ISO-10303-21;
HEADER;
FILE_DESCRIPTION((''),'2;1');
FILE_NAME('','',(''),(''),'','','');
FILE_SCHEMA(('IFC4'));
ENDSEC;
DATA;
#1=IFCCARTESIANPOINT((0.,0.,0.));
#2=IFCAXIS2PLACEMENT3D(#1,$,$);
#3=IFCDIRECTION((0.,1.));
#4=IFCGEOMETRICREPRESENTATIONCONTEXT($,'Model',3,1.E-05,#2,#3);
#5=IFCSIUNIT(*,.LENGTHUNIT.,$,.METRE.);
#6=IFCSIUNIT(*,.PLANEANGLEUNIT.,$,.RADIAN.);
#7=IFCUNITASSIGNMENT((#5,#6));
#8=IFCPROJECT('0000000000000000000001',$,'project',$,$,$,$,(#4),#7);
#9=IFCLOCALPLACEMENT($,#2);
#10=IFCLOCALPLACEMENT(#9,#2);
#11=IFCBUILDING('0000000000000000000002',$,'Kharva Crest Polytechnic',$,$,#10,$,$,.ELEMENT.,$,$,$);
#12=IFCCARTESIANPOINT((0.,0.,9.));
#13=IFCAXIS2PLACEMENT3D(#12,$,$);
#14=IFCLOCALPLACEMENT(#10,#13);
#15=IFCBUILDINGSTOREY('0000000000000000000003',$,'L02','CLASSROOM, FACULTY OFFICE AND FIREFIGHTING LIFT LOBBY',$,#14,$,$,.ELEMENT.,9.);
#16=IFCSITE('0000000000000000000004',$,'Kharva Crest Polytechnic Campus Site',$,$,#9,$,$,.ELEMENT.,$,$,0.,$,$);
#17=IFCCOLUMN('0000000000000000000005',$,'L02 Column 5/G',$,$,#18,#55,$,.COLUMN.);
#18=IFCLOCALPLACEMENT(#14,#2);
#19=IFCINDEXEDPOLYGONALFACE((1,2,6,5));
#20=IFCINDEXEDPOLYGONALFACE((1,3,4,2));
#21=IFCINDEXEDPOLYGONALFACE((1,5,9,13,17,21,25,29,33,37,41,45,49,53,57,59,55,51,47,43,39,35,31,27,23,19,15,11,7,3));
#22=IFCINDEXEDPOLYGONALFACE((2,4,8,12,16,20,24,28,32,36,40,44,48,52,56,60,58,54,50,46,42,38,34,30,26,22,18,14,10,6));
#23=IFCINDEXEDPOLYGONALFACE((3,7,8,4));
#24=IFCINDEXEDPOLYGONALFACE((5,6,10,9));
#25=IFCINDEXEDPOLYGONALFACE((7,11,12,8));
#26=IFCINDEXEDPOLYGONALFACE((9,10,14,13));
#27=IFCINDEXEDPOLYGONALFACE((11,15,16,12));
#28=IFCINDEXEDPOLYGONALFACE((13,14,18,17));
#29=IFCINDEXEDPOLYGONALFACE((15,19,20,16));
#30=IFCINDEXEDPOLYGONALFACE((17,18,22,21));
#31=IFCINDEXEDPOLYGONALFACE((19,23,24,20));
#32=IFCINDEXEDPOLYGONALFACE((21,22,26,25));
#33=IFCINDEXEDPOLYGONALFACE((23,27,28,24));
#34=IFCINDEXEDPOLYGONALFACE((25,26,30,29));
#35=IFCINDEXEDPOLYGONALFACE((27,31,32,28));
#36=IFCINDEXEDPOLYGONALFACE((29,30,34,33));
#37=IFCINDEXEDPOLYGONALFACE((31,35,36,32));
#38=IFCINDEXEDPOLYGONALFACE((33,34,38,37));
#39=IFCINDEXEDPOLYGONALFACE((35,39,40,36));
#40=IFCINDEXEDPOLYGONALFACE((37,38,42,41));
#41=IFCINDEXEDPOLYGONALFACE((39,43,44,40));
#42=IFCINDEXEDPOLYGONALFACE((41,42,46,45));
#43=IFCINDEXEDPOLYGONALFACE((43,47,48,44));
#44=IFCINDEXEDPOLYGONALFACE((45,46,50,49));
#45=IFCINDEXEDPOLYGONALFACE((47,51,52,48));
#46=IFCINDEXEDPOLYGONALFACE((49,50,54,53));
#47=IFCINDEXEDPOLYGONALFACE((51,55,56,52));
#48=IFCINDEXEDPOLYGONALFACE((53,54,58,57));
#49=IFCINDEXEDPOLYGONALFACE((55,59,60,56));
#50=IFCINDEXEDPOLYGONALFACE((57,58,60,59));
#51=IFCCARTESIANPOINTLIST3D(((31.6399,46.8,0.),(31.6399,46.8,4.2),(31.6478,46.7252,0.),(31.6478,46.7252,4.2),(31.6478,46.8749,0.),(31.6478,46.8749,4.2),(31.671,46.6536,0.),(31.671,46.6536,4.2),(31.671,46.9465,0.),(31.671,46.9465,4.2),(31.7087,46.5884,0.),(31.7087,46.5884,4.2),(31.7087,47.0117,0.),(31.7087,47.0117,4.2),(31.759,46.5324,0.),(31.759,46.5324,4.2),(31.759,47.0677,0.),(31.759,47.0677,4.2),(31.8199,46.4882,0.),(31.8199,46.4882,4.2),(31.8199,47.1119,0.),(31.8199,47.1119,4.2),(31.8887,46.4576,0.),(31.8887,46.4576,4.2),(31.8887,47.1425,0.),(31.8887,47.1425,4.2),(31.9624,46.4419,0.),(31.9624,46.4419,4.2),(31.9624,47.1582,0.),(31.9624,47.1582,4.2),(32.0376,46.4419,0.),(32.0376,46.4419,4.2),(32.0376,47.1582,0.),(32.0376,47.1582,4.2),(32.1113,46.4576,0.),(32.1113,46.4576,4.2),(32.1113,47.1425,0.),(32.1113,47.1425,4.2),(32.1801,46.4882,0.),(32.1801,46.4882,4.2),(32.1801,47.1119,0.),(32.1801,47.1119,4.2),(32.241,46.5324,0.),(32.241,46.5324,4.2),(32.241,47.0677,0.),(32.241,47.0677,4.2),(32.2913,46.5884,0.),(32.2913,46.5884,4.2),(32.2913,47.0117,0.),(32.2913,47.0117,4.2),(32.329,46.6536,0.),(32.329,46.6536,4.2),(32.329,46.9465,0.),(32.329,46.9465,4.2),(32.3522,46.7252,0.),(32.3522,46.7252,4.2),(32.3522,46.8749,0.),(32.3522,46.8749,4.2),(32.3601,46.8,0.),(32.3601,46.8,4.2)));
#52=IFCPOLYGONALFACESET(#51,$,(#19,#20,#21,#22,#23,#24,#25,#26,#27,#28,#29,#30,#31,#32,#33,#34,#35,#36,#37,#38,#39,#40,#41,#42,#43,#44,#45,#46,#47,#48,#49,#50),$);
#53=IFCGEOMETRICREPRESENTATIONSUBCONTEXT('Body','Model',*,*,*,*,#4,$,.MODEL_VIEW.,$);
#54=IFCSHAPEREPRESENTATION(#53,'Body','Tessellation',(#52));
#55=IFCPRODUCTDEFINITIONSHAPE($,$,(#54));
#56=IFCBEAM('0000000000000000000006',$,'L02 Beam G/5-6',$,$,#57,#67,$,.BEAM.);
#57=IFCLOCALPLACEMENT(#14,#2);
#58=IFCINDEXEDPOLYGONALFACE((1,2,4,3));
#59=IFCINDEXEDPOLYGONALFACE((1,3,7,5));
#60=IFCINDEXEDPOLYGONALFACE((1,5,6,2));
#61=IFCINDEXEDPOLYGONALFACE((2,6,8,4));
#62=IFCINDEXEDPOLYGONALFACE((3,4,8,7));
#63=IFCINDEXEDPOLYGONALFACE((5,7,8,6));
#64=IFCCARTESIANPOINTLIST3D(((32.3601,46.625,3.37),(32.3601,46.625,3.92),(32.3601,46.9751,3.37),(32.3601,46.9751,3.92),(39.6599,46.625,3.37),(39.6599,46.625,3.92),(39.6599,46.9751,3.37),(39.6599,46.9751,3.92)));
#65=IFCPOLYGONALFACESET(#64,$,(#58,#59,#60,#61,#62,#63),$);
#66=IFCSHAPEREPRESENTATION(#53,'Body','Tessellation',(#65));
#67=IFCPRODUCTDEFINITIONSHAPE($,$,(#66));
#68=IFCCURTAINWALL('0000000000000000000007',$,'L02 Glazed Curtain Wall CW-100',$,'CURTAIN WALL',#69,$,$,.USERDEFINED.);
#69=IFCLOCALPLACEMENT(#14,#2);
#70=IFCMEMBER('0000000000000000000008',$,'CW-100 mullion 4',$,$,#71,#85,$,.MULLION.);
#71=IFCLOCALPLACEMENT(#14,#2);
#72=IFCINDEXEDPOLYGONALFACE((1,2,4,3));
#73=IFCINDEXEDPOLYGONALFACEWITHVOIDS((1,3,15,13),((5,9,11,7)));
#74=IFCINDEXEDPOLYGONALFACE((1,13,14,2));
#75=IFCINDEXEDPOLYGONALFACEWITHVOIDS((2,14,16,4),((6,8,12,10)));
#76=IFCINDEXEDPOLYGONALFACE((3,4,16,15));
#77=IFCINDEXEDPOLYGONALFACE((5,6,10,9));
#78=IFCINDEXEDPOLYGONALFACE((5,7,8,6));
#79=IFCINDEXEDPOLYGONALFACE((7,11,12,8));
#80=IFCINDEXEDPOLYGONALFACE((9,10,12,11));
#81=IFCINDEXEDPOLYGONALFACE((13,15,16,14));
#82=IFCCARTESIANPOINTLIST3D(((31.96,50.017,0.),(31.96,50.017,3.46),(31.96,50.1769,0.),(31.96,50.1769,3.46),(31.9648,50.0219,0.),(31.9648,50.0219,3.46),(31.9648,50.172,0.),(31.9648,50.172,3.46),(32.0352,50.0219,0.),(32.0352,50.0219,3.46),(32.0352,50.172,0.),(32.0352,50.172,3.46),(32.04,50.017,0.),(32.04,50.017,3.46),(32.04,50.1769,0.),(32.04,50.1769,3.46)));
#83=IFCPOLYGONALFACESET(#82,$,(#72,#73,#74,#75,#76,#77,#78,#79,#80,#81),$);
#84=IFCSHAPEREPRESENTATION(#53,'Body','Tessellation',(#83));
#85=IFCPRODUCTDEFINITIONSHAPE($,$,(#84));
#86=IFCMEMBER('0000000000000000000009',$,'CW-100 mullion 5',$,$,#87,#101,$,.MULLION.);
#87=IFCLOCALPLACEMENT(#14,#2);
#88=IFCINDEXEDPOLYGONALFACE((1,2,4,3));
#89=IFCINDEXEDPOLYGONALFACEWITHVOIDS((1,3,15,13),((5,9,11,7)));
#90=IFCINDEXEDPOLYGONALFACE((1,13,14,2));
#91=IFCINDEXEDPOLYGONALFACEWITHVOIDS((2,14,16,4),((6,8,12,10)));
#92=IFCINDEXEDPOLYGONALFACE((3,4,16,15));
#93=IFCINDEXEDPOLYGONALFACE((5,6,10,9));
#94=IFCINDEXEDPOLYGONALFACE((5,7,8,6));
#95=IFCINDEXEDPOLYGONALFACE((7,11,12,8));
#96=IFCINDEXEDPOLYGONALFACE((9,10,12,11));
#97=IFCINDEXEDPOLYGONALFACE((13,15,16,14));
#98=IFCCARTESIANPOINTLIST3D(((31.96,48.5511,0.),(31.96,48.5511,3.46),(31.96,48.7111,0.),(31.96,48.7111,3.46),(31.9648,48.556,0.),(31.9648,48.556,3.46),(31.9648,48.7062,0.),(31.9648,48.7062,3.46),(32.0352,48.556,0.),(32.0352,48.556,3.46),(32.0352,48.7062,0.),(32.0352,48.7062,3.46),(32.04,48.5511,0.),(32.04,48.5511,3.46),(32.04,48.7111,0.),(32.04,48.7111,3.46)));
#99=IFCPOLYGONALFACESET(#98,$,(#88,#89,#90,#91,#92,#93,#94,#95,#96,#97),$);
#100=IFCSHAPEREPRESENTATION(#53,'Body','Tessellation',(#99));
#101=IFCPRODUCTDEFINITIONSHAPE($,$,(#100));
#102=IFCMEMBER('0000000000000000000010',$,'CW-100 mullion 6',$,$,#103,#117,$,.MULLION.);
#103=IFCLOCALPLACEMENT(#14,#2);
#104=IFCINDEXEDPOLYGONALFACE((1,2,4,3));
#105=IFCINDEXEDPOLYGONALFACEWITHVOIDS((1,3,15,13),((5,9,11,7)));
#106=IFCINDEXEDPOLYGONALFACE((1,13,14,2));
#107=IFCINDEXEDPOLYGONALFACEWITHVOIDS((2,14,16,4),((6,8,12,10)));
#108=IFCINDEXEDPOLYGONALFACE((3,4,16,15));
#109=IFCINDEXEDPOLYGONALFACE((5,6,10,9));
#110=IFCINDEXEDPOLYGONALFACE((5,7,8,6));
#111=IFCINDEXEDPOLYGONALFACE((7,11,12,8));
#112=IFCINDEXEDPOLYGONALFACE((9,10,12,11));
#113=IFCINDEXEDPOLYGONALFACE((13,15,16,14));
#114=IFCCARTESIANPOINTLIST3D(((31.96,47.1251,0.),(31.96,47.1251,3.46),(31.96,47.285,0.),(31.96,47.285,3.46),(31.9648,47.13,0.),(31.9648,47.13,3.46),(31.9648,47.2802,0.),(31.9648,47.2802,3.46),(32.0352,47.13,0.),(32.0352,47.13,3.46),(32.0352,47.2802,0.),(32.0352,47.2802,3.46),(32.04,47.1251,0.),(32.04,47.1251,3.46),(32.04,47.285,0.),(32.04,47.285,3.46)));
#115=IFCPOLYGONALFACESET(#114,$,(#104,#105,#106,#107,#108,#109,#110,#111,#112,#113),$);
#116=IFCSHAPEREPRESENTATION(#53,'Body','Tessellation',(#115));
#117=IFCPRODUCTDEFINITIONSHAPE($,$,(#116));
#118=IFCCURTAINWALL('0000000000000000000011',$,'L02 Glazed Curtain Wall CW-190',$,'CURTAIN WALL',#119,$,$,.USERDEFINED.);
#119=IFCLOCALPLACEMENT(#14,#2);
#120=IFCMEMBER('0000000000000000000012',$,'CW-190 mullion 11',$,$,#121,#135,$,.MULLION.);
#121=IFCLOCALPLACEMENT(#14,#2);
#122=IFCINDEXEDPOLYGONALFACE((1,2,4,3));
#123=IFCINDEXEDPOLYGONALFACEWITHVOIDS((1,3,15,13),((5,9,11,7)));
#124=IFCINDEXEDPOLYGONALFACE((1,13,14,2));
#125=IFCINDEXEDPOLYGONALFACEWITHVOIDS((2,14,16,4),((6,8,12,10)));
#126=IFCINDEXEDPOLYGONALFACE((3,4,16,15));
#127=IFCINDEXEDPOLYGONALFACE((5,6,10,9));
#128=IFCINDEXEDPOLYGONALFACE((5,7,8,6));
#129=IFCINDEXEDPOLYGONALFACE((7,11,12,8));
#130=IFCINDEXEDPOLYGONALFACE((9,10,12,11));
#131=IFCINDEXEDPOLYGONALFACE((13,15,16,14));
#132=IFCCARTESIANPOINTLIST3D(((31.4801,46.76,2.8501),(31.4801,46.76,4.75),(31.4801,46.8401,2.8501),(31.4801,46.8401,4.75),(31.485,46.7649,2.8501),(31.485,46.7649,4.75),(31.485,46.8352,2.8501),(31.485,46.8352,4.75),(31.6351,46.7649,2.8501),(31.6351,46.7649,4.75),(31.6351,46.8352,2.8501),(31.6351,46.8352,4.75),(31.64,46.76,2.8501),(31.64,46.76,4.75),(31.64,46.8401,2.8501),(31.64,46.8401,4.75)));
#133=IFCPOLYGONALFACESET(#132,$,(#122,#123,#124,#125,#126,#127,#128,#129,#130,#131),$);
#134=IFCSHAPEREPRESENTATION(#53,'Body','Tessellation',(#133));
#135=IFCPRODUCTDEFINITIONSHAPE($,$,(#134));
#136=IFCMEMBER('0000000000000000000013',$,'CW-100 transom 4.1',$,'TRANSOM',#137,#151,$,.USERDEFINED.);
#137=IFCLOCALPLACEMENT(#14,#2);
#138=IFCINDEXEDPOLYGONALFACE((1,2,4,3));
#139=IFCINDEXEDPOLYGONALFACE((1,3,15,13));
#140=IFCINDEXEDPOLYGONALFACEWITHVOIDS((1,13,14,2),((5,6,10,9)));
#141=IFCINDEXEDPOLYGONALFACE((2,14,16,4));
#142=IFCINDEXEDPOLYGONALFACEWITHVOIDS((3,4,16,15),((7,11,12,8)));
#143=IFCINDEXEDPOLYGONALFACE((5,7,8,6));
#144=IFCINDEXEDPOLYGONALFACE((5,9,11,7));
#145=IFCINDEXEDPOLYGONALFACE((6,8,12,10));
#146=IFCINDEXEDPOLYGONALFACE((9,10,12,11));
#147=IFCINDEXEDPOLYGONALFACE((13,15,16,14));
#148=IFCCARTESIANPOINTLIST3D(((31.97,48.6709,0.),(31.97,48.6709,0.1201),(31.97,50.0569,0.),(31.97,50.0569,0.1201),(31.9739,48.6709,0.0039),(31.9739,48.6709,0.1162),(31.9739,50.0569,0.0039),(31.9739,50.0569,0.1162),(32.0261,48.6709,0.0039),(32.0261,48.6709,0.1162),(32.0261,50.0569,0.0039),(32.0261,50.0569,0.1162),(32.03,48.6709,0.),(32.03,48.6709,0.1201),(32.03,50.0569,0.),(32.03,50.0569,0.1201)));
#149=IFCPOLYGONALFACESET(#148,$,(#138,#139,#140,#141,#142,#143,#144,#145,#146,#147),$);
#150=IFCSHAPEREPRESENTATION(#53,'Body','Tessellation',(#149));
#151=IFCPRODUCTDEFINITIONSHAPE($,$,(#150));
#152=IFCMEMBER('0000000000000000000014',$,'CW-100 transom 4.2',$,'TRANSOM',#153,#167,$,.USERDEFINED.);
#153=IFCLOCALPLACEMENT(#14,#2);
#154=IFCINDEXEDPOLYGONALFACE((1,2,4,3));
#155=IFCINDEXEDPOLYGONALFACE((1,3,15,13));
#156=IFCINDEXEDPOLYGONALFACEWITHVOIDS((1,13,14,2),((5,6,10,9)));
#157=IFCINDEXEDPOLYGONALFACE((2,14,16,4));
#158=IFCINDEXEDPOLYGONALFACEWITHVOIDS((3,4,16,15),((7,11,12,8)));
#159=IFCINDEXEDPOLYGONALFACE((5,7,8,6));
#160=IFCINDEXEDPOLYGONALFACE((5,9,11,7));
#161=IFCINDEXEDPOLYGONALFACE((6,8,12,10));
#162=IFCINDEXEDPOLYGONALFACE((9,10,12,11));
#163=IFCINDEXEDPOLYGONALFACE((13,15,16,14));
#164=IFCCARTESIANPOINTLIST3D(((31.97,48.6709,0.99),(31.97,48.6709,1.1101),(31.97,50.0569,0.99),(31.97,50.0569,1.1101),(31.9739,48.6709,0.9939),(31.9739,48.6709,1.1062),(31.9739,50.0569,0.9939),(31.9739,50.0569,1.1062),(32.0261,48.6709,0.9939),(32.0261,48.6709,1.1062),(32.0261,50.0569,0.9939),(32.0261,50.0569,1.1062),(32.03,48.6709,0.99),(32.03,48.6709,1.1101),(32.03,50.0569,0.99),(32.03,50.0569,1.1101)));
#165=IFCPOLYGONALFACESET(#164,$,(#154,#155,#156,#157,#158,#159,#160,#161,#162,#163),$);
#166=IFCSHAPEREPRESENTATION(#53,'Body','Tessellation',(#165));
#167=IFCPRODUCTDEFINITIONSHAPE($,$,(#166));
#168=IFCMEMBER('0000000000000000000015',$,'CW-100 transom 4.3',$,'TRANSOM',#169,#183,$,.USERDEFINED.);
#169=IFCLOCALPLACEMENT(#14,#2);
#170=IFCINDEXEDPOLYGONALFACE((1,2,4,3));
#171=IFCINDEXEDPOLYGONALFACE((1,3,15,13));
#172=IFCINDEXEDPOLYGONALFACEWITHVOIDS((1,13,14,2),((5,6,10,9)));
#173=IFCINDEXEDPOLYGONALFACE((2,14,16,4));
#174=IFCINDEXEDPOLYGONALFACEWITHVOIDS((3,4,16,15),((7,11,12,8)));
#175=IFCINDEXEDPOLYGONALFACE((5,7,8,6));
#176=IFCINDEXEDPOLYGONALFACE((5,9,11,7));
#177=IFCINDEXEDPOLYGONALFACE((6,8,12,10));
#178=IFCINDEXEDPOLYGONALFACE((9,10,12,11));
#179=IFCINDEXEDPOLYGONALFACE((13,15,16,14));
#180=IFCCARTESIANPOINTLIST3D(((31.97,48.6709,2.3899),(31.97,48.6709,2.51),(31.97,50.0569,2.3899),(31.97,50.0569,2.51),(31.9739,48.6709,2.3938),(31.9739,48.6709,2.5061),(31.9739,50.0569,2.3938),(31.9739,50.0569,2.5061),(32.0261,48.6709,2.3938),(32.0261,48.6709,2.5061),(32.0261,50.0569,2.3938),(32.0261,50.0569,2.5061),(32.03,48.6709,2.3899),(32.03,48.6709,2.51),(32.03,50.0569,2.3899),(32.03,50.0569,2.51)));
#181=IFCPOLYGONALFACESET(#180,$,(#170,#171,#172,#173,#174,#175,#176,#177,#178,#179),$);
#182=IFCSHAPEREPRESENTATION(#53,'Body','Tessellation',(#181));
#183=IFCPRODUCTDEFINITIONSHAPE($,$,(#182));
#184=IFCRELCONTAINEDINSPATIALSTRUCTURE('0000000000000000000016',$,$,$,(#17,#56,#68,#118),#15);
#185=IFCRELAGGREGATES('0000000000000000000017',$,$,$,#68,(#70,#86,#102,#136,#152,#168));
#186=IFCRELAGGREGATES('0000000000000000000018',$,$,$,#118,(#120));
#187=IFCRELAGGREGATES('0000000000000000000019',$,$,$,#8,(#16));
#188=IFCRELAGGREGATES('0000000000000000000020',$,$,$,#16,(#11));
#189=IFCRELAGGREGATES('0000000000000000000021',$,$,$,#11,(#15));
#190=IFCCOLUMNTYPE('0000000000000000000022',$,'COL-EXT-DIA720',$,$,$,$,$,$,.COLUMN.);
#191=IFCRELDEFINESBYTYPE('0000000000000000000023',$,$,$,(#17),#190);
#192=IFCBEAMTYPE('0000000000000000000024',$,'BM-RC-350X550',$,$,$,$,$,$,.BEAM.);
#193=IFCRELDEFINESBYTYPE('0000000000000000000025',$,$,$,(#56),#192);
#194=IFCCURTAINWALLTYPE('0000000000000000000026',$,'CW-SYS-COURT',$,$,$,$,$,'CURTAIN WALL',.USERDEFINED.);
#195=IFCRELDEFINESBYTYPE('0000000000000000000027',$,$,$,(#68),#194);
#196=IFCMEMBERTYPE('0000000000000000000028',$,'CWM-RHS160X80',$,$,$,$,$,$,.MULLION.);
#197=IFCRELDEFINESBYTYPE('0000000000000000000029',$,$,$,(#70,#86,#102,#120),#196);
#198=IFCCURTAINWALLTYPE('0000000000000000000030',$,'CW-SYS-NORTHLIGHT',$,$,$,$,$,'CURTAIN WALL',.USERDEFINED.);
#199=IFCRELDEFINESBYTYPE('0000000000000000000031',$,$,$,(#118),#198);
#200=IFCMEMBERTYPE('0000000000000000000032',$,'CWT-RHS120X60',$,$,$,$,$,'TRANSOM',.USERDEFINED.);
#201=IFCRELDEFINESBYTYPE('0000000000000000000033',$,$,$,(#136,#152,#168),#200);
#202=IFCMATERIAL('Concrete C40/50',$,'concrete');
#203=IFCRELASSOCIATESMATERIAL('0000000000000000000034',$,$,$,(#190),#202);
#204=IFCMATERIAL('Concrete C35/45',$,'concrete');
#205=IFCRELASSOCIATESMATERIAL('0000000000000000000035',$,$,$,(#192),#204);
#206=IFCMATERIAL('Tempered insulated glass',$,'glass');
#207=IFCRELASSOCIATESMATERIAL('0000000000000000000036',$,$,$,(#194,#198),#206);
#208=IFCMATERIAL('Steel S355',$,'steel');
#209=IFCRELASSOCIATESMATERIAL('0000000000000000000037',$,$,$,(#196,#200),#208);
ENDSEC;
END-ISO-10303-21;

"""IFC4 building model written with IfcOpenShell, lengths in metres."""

from ifc_helpers import new_model, si_unit, direction, frame, origin, origin_2d, place, context, subcontext, project, spatial, rectangle, hollow_rectangle, circle, extrude, material, material_profile, profile_set, type_object, element, aggregate, save


model = new_model("IFC4")

# Units and contexts
model_context = context("Model", 3, precision=1e-05, world=origin(), true_north=direction((0.0, 1.0)))
body_context = subcontext(model_context, "Body", "Model", "MODEL_VIEW")
ifc_project = project(units=[si_unit("LENGTHUNIT", "METRE"), si_unit("PLANEANGLEUNIT", "RADIAN")], contexts=[model_context])

# Site, building, storey
site_placement = place(None, origin())
site = spatial("IfcSite", under=ifc_project, at=site_placement, Name="Kharva Crest Polytechnic Campus Site", CompositionType="ELEMENT", RefElevation=0.0)
building_placement = place(site_placement, origin())
building = spatial("IfcBuilding", under=site, at=building_placement, Name="Kharva Crest Polytechnic", CompositionType="ELEMENT")
storey_placement = place(building_placement, frame((0.0, 0.0, 9.0)))
storey = spatial("IfcBuildingStorey", under=building, at=storey_placement, Name="L02", Description="CLASSROOM, FACULTY OFFICE AND FIREFIGHTING LIFT LOBBY", CompositionType="ELEMENT", Elevation=9.0)

# Column
ifc_material_1 = material(Name="Concrete C40/50", Category="concrete")
ifc_material_profile_1 = material_profile(ifc_material_1, circle(Radius=0.3601, at=origin_2d()), Name="DIA 720")
ifc_profile_set_1 = profile_set([ifc_material_profile_1], Name="Concrete C40/50")
column_type = type_object("IfcColumnType", Name="COL-EXT-DIA720", PredefinedType="COLUMN", material=ifc_profile_set_1)
column_placement = place(storey_placement, frame((32.0, 46.8, 0.0), z_axis=(0.0, 0.0, 1.0), x_axis=(1.0, 0.0, 0.0)))
element("IfcColumn", 1, at=column_placement, inside=storey, type_object=column_type, Name="L02 Column 5/G", PredefinedType="COLUMN", context=body_context, shape_type="SweptSolid", body=[
    extrude(circle(Radius=0.3601, at=origin_2d()), origin(), (0.0, 0.0, 1.0), 4.2),
])

# Beam
ifc_material_2 = material(Name="Concrete C35/45", Category="concrete")
ifc_material_profile_2 = material_profile(ifc_material_2, rectangle(XDim=0.3501, YDim=0.55, at=origin_2d()), Name="RECT 350 X 550")
ifc_profile_set_2 = profile_set([ifc_material_profile_2], Name="Concrete C35/45")
beam_type_1 = type_object("IfcBeamType", Name="BM-RC-350X550", PredefinedType="BEAM", material=ifc_profile_set_2)
beam_1_placement = place(storey_placement, frame((32.3601, 46.8, 3.645), z_axis=(1.0, 0.0, 0.0), x_axis=(0.0, 1.0, 0.0)))
element("IfcBeam", 2, at=beam_1_placement, inside=storey, type_object=beam_type_1, Name="L02 Beam G/5-6", PredefinedType="BEAM", context=body_context, shape_type="SweptSolid", body=[
    extrude(rectangle(XDim=0.3501, YDim=0.55, at=origin_2d()), origin(), (0.0, 0.0, 1.0), 7.2998),
])

# Curtain wall, members
ifc_material_3 = material(Name="Tempered insulated glass", Category="glass")
curtain_wall_type_1 = type_object("IfcCurtainWallType", Name="CW-SYS-COURT", ElementType="CURTAIN WALL", PredefinedType="USERDEFINED", material=ifc_material_3)
curtain_wall_1_placement = place(storey_placement, origin())
curtain_wall_1 = element("IfcCurtainWall", 3, at=curtain_wall_1_placement, inside=storey, type_object=curtain_wall_type_1, Name="L02 Glazed Curtain Wall CW-100", ObjectType="CURTAIN WALL", PredefinedType="USERDEFINED")
ifc_material_4 = material(Name="Steel S355", Category="steel")
ifc_material_profile_3 = material_profile(ifc_material_4, hollow_rectangle(XDim=0.0801, YDim=0.1599, WallThickness=0.0049, at=origin_2d()), Name="RHS 160X80X5.0")
ifc_profile_set_3 = profile_set([ifc_material_profile_3], Name="Steel S355")
member_type_1 = type_object("IfcMemberType", Name="CWM-RHS160X80", PredefinedType="MULLION", material=ifc_profile_set_3)
member_1_placement = place(storey_placement, frame((32.0, 50.0969, 0.0), z_axis=(0.0, 0.0, 1.0), x_axis=(1.0, 0.0, 0.0)))
member_1 = element("IfcMember", 4, at=member_1_placement, type_object=member_type_1, Name="CW-100 mullion 4", PredefinedType="MULLION", context=body_context, shape_type="SweptSolid", body=[
    extrude(hollow_rectangle(XDim=0.0801, YDim=0.1599, WallThickness=0.0049, at=origin_2d()), origin(), (0.0, 0.0, 1.0), 3.46),
])
member_2_placement = place(storey_placement, frame((32.0, 48.6311, 0.0), z_axis=(0.0, 0.0, 1.0), x_axis=(1.0, 0.0, 0.0)))
member_2 = element("IfcMember", 5, at=member_2_placement, type_object=member_type_1, Name="CW-100 mullion 5", PredefinedType="MULLION", context=body_context, shape_type="SweptSolid", body=[
    extrude(hollow_rectangle(XDim=0.0801, YDim=0.1599, WallThickness=0.0049, at=origin_2d()), origin(), (0.0, 0.0, 1.0), 3.46),
])
member_3_placement = place(storey_placement, frame((32.0, 47.2051, 0.0), z_axis=(0.0, 0.0, 1.0), x_axis=(1.0, 0.0, 0.0)))
member_3 = element("IfcMember", 6, at=member_3_placement, type_object=member_type_1, Name="CW-100 mullion 6", PredefinedType="MULLION", context=body_context, shape_type="SweptSolid", body=[
    extrude(hollow_rectangle(XDim=0.0801, YDim=0.1599, WallThickness=0.0049, at=origin_2d()), origin(), (0.0, 0.0, 1.0), 3.46),
])

# Curtain wall, member
curtain_wall_type_2 = type_object("IfcCurtainWallType", Name="CW-SYS-NORTHLIGHT", ElementType="CURTAIN WALL", PredefinedType="USERDEFINED", material=ifc_material_3)
curtain_wall_2_placement = place(storey_placement, origin())
curtain_wall_2 = element("IfcCurtainWall", 7, at=curtain_wall_2_placement, inside=storey, type_object=curtain_wall_type_2, Name="L02 Glazed Curtain Wall CW-190", ObjectType="CURTAIN WALL", PredefinedType="USERDEFINED")
member_4_placement = place(storey_placement, frame((31.5601, 46.8, 2.8501), z_axis=(0.0, 0.0, 1.0), x_axis=(0.0, 1.0, 0.0)))
member_4 = element("IfcMember", 8, at=member_4_placement, type_object=member_type_1, Name="CW-190 mullion 11", PredefinedType="MULLION", context=body_context, shape_type="SweptSolid", body=[
    extrude(hollow_rectangle(XDim=0.0801, YDim=0.1599, WallThickness=0.0049, at=origin_2d()), origin(), (0.0, 0.0, 1.0), 1.8999),
])

# Members
ifc_material_profile_4 = material_profile(ifc_material_4, hollow_rectangle(XDim=0.0601, YDim=0.1201, WallThickness=0.0039, at=origin_2d()), Name="RHS 120X60X4.0")
ifc_profile_set_4 = profile_set([ifc_material_profile_4], Name="Steel S355")
member_type_2 = type_object("IfcMemberType", Name="CWT-RHS120X60", ElementType="TRANSOM", PredefinedType="USERDEFINED", material=ifc_profile_set_4)
member_5_placement = place(storey_placement, frame((32.0, 50.0569, 0.0601), z_axis=(0.0, -1.0, 0.0), x_axis=(1.0, 0.0, 0.0)))
member_5 = element("IfcMember", 9, at=member_5_placement, type_object=member_type_2, Name="CW-100 transom 4.1", ObjectType="TRANSOM", PredefinedType="USERDEFINED", context=body_context, shape_type="SweptSolid", body=[
    extrude(hollow_rectangle(XDim=0.0601, YDim=0.1201, WallThickness=0.0039, at=origin_2d()), origin(), (0.0, 0.0, 1.0), 1.386),
])
member_6_placement = place(storey_placement, frame((32.0, 50.0569, 1.05), z_axis=(0.0, -1.0, 0.0), x_axis=(1.0, 0.0, 0.0)))
member_6 = element("IfcMember", 10, at=member_6_placement, type_object=member_type_2, Name="CW-100 transom 4.2", ObjectType="TRANSOM", PredefinedType="USERDEFINED", context=body_context, shape_type="SweptSolid", body=[
    extrude(hollow_rectangle(XDim=0.0601, YDim=0.1201, WallThickness=0.0039, at=origin_2d()), origin(), (0.0, 0.0, 1.0), 1.386),
])
member_7_placement = place(storey_placement, frame((32.0, 50.0569, 2.45), z_axis=(0.0, -1.0, 0.0), x_axis=(1.0, 0.0, 0.0)))
member_7 = element("IfcMember", 11, at=member_7_placement, type_object=member_type_2, Name="CW-100 transom 4.3", ObjectType="TRANSOM", PredefinedType="USERDEFINED", context=body_context, shape_type="SweptSolid", body=[
    extrude(hollow_rectangle(XDim=0.0601, YDim=0.1201, WallThickness=0.0039, at=origin_2d()), origin(), (0.0, 0.0, 1.0), 1.386),
])

aggregate(curtain_wall_1, [member_1, member_2, member_3, member_5, member_6, member_7])
aggregate(curtain_wall_2, [member_4])

save(model, "model.ifc")
